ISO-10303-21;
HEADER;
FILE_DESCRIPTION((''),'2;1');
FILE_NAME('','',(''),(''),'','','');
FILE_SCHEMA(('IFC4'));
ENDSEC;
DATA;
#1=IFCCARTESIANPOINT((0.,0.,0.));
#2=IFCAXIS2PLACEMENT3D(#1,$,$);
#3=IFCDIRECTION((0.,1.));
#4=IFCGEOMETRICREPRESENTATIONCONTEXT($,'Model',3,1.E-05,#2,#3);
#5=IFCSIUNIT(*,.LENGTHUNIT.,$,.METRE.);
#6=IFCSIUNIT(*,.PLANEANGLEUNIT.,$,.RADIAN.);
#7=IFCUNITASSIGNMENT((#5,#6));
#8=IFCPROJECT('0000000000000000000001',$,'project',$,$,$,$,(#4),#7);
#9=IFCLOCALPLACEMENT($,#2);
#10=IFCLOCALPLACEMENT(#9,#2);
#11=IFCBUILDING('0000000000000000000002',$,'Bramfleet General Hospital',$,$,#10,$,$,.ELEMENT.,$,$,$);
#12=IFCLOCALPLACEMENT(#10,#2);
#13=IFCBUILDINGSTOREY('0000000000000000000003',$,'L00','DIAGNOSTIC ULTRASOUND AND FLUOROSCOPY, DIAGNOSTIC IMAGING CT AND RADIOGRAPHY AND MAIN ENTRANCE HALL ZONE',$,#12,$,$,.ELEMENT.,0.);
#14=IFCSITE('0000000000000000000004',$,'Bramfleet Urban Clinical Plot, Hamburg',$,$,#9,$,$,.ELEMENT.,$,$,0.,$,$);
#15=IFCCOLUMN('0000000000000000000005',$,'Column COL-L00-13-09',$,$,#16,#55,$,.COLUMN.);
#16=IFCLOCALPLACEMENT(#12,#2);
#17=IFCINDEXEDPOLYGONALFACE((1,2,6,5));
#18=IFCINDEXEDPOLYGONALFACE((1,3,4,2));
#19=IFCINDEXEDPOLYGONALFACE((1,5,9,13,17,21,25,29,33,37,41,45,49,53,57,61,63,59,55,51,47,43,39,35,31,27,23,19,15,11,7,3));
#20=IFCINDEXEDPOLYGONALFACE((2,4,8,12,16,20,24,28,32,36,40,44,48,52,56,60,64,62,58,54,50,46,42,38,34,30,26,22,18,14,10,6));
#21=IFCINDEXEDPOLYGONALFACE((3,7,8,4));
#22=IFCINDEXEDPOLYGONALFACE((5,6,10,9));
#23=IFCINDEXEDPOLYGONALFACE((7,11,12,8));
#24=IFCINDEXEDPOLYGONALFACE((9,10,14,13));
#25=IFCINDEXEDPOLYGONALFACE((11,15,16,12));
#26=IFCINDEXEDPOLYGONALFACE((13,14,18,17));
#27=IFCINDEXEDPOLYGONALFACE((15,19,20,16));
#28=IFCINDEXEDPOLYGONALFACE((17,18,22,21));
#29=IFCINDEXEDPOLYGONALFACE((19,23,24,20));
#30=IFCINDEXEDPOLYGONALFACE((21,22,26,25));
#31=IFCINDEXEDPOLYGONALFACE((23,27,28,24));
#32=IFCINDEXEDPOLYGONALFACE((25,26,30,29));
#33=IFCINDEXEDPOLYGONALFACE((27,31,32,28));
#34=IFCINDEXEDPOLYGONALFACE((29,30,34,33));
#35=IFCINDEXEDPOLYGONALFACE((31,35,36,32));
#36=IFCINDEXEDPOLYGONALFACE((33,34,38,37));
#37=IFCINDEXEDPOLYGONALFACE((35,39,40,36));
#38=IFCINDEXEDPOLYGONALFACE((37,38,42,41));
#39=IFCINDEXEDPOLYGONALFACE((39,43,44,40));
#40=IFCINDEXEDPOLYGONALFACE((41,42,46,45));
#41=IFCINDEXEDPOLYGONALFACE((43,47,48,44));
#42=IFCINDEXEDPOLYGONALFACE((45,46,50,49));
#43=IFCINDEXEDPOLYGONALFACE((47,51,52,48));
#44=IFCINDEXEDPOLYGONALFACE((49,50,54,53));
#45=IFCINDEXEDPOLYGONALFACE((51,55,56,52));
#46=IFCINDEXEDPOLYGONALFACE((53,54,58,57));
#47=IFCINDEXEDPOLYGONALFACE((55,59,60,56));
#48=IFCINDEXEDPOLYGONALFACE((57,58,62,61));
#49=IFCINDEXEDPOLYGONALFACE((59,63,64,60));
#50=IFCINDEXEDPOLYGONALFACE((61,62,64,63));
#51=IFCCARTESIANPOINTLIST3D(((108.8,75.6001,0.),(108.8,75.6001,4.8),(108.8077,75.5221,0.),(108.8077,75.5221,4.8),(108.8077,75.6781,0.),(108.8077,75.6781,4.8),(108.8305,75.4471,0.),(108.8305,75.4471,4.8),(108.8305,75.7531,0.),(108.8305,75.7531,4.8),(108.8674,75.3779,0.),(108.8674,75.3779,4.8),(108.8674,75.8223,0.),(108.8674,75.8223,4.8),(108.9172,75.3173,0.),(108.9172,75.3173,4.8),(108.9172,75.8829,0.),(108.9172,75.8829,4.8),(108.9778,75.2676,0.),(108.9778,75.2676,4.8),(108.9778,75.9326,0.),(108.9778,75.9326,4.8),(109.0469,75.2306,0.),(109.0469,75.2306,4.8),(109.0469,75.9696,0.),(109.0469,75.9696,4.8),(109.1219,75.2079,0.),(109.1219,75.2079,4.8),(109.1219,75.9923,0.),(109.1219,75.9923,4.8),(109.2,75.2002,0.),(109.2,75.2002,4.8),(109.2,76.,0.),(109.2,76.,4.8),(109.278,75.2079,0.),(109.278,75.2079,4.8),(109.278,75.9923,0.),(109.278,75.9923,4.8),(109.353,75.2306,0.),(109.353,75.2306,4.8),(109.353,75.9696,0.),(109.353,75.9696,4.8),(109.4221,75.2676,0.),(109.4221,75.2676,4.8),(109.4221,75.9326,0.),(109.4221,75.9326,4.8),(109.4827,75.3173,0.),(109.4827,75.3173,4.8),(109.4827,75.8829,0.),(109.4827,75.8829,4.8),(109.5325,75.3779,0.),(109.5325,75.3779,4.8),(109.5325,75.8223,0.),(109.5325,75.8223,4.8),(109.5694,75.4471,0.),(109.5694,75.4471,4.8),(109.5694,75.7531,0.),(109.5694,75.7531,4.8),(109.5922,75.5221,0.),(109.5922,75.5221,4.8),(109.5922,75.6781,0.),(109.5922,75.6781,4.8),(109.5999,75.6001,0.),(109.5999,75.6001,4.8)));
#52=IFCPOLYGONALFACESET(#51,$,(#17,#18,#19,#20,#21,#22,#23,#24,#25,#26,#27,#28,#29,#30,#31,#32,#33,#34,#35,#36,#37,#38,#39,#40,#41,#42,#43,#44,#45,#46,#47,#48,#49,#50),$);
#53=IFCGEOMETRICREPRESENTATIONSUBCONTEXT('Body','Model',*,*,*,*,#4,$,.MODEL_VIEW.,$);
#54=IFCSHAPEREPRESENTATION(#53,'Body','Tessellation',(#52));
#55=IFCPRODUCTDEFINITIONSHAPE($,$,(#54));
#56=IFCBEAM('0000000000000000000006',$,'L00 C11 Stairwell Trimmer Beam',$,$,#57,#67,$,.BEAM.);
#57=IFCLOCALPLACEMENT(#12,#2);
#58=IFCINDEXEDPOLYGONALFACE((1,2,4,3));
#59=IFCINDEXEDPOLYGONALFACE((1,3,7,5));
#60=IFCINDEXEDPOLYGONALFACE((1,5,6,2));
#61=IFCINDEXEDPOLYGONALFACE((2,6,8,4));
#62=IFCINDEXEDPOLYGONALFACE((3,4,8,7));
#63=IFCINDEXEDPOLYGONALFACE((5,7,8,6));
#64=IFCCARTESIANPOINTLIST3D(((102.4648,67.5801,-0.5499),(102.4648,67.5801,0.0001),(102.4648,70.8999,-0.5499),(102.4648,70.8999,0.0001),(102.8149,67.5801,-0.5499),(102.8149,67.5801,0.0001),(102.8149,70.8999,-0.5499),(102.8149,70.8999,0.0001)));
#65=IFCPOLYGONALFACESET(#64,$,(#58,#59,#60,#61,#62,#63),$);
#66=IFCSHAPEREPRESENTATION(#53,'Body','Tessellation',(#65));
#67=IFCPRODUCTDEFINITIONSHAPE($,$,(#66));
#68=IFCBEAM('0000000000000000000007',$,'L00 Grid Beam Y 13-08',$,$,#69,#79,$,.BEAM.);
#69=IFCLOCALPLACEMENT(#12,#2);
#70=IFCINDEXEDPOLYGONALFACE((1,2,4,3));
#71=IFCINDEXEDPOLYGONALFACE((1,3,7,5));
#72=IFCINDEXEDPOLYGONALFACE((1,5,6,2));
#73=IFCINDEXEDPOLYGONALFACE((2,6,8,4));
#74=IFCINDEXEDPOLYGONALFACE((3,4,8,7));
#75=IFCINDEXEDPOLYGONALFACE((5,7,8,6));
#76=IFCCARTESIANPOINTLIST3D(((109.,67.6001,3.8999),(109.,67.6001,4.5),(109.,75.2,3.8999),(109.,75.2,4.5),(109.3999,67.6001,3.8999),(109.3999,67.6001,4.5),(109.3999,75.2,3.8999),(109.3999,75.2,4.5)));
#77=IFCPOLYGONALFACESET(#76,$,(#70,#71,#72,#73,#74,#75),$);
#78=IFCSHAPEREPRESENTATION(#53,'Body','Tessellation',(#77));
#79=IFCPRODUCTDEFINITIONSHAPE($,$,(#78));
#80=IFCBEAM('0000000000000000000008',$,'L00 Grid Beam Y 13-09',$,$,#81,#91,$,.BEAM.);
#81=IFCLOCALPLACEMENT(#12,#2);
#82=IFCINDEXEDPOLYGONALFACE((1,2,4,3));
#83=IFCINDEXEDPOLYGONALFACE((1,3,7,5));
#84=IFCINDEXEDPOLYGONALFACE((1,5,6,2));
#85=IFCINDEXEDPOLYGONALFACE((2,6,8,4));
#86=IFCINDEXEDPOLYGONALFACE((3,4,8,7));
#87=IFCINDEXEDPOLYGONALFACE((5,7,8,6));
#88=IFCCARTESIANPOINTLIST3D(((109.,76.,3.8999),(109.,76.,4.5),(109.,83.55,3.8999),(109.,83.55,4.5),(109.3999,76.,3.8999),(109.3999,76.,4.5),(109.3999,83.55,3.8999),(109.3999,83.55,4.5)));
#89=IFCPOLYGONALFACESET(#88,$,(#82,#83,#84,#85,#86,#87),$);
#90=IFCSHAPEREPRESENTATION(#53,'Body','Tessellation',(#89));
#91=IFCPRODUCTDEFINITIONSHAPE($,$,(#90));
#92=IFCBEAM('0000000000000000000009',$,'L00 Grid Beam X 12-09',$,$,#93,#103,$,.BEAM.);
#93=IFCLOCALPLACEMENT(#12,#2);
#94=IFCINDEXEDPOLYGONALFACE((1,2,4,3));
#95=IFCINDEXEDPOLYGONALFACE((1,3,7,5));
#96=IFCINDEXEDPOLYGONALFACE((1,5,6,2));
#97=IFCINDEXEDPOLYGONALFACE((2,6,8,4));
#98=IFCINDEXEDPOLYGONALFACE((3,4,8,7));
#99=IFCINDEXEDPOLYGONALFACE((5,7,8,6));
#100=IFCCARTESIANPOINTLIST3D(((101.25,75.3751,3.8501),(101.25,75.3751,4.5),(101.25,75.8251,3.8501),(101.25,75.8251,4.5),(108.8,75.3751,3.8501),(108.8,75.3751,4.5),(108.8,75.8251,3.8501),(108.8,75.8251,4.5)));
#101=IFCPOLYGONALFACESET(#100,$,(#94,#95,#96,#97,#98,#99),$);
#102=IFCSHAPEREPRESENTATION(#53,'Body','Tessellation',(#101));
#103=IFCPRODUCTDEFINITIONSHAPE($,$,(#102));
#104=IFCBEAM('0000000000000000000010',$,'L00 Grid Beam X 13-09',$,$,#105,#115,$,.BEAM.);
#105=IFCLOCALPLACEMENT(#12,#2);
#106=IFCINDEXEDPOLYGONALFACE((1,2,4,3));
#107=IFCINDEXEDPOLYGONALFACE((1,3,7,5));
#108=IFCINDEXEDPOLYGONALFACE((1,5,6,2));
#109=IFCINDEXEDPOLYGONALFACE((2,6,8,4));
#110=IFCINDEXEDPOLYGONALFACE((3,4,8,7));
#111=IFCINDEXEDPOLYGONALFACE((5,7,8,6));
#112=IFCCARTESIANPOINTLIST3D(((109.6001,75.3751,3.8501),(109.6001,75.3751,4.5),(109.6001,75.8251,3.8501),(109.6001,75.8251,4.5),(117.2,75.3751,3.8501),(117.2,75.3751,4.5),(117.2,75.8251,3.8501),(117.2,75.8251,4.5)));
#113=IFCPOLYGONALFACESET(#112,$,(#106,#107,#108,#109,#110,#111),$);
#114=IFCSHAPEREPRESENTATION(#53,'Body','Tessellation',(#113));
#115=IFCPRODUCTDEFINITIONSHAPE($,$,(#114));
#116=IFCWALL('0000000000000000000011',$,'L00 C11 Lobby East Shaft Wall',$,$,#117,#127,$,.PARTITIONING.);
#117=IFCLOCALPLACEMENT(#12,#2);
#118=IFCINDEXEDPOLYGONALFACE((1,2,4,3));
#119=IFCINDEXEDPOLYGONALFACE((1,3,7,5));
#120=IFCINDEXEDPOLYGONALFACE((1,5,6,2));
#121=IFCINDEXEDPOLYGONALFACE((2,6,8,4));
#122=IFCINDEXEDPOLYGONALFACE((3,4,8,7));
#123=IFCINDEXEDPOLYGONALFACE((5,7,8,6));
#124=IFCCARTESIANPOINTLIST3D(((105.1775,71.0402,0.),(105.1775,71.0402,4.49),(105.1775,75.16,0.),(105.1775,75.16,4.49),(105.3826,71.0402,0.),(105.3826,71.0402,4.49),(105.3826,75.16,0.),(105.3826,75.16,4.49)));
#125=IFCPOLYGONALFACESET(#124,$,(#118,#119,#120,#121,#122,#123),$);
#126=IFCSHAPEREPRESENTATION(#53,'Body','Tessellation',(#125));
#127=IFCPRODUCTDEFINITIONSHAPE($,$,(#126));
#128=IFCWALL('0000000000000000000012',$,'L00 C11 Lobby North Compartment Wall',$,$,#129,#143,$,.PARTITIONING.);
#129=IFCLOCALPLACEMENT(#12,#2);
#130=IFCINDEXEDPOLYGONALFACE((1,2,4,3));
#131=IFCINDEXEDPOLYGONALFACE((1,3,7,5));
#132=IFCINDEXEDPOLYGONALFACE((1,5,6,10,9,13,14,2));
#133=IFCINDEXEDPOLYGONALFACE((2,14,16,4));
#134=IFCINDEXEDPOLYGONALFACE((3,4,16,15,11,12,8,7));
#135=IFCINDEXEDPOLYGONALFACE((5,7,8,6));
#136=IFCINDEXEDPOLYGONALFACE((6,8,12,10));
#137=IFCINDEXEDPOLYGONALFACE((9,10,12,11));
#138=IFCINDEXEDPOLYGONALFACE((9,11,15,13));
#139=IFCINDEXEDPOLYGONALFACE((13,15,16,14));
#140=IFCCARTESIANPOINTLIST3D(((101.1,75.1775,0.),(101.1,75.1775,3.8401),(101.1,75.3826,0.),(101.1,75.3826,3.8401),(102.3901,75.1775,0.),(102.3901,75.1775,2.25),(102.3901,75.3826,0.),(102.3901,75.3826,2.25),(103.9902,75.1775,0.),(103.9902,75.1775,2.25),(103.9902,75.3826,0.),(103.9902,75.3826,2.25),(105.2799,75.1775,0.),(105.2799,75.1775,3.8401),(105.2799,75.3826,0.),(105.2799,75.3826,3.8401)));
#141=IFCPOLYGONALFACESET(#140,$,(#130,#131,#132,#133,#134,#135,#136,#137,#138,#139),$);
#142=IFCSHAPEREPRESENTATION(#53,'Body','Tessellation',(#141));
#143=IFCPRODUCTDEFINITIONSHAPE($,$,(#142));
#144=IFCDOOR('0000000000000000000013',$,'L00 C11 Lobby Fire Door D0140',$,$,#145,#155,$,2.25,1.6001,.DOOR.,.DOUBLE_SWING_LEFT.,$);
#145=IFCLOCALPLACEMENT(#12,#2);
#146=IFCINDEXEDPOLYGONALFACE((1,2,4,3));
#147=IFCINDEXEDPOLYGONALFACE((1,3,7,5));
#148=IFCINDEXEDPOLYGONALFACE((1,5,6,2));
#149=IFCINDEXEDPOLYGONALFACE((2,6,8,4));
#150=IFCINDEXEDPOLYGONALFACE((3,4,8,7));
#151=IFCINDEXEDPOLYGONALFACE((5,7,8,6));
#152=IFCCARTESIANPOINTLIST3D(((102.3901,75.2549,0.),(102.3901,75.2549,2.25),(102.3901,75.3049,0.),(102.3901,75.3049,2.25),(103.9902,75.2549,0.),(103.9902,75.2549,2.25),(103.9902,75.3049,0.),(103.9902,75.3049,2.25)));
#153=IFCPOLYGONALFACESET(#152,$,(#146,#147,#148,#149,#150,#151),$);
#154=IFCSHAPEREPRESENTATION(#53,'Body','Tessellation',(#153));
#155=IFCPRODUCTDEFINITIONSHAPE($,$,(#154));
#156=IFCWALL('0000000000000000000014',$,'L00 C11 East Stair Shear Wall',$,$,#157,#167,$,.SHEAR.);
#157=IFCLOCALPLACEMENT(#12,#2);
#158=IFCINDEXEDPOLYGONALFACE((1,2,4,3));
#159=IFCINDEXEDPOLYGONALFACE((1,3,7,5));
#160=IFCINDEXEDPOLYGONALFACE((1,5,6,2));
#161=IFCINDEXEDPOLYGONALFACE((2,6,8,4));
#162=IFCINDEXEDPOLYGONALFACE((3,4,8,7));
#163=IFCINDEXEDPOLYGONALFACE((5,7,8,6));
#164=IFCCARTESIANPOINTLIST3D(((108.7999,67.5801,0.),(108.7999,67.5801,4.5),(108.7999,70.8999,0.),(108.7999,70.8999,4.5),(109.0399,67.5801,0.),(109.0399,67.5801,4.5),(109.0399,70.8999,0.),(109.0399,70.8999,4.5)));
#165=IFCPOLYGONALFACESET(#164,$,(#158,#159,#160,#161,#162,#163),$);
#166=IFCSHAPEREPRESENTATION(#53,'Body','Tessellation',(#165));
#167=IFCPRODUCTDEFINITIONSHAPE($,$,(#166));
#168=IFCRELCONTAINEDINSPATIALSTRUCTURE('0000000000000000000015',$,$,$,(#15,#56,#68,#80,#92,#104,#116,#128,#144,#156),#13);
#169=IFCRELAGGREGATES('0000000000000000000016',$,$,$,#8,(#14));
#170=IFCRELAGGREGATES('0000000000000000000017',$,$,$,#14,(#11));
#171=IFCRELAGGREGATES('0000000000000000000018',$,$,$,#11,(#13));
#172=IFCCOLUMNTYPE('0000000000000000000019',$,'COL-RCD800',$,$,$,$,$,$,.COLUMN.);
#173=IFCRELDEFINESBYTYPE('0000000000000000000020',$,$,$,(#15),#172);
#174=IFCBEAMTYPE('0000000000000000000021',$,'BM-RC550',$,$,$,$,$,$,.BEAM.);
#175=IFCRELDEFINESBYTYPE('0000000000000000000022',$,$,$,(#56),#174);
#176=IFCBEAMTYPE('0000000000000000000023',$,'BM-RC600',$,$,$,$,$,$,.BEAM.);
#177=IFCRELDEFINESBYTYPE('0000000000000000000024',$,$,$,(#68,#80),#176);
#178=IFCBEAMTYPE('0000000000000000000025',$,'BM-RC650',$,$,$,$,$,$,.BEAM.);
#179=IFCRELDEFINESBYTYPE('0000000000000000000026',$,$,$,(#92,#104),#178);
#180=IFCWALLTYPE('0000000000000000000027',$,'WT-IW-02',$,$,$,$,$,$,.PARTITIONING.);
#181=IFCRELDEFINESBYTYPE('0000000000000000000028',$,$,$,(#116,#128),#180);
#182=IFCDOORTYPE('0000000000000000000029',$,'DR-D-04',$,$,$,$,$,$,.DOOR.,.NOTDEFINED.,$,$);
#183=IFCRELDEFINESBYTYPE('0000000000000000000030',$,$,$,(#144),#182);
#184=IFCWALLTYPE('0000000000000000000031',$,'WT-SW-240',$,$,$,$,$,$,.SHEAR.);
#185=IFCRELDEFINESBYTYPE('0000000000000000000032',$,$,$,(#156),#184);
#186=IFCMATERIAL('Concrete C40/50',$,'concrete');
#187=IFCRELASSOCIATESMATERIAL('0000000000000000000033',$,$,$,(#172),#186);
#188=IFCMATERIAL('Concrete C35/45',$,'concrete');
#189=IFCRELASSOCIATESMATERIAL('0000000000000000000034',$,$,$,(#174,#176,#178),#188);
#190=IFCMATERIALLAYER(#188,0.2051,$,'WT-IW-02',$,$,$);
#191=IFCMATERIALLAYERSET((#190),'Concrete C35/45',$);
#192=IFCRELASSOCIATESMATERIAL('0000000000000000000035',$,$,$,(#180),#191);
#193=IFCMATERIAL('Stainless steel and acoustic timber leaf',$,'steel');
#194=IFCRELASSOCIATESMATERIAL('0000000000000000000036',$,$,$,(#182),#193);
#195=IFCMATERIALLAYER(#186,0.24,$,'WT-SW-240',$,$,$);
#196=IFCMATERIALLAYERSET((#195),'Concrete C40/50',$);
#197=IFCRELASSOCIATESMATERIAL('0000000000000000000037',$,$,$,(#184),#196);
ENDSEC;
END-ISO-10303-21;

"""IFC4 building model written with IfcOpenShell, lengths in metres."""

from ifc_helpers import new_model, si_unit, direction, frame, frame_2d, origin, origin_2d, place, context, subcontext, project, spatial, rectangle, circle, extrude, material, layer, layer_set, material_profile, profile_set, type_object, element, fill, save


model = new_model("IFC4")

# Units and contexts
model_context = context("Model", 3, precision=1e-05, world=origin(), true_north=direction((0.0, 1.0)))
body_context = subcontext(model_context, "Body", "Model", "MODEL_VIEW")
ifc_project = project(units=[si_unit("LENGTHUNIT", "METRE"), si_unit("PLANEANGLEUNIT", "RADIAN")], contexts=[model_context])

# Site, building, storey
site_placement = place(None, origin())
site = spatial("IfcSite", under=ifc_project, at=site_placement, Name="Bramfleet Urban Clinical Plot, Hamburg", CompositionType="ELEMENT", RefElevation=0.0)
building_placement = place(site_placement, origin())
building = spatial("IfcBuilding", under=site, at=building_placement, Name="Bramfleet General Hospital", CompositionType="ELEMENT")
storey_placement = place(building_placement, origin())
storey = spatial("IfcBuildingStorey", under=building, at=storey_placement, Name="L00", Description="DIAGNOSTIC ULTRASOUND AND FLUOROSCOPY, DIAGNOSTIC IMAGING CT AND RADIOGRAPHY AND MAIN ENTRANCE HALL ZONE", CompositionType="ELEMENT", Elevation=0.0)

# Column
ifc_material_1 = material(Name="Concrete C40/50", Category="concrete")
ifc_material_profile_1 = material_profile(ifc_material_1, circle(Radius=0.3999, at=origin_2d()), Name="RC ROUND D800")
ifc_profile_set_1 = profile_set([ifc_material_profile_1], Name="Concrete C40/50")
column_type = type_object("IfcColumnType", Name="COL-RCD800", PredefinedType="COLUMN", material=ifc_profile_set_1)
column_placement = place(storey_placement, frame((109.2, 75.6001, 0.0), z_axis=(0.0, 0.0, 1.0), x_axis=(1.0, 0.0, 0.0)))
element("IfcColumn", 1, at=column_placement, inside=storey, type_object=column_type, Name="Column COL-L00-13-09", PredefinedType="COLUMN", context=body_context, shape_type="SweptSolid", body=[
    extrude(circle(Radius=0.3999, at=origin_2d()), origin(), (0.0, 0.0, 1.0), 4.8),
])

# Beams
ifc_material_2 = material(Name="Concrete C35/45", Category="concrete")
ifc_material_profile_2 = material_profile(ifc_material_2, rectangle(XDim=0.3501, YDim=0.55, at=origin_2d()), Name="RC BM 550x350")
ifc_profile_set_2 = profile_set([ifc_material_profile_2], Name="Concrete C35/45")
beam_type_1 = type_object("IfcBeamType", Name="BM-RC550", PredefinedType="BEAM", material=ifc_profile_set_2)
beam_1_placement = place(storey_placement, frame((102.6399, 67.5801, -0.2749), z_axis=(0.0, 1.0, 0.0), x_axis=(-1.0, 0.0, 0.0)))
element("IfcBeam", 2, at=beam_1_placement, inside=storey, type_object=beam_type_1, Name="L00 C11 Stairwell Trimmer Beam", PredefinedType="BEAM", context=body_context, shape_type="SweptSolid", body=[
    extrude(rectangle(XDim=0.3501, YDim=0.55, at=origin_2d()), origin(), (0.0, 0.0, 1.0), 3.3198),
])
ifc_material_profile_3 = material_profile(ifc_material_2, rectangle(XDim=0.3999, YDim=0.6001, at=origin_2d()), Name="RC BM 600x400")
ifc_profile_set_3 = profile_set([ifc_material_profile_3], Name="Concrete C35/45")
beam_type_2 = type_object("IfcBeamType", Name="BM-RC600", PredefinedType="BEAM", material=ifc_profile_set_3)
beam_2_placement = place(storey_placement, frame((109.2, 67.6001, 4.2), z_axis=(0.0, 1.0, 0.0), x_axis=(-1.0, 0.0, 0.0)))
element("IfcBeam", 3, at=beam_2_placement, inside=storey, type_object=beam_type_2, Name="L00 Grid Beam Y 13-08", PredefinedType="BEAM", context=body_context, shape_type="SweptSolid", body=[
    extrude(rectangle(XDim=0.3999, YDim=0.6001, at=origin_2d()), origin(), (0.0, 0.0, 1.0), 7.5999),
])
beam_3_placement = place(storey_placement, frame((109.2, 76.0, 4.2), z_axis=(0.0, 1.0, 0.0), x_axis=(-1.0, 0.0, 0.0)))
element("IfcBeam", 4, at=beam_3_placement, inside=storey, type_object=beam_type_2, Name="L00 Grid Beam Y 13-09", PredefinedType="BEAM", context=body_context, shape_type="SweptSolid", body=[
    extrude(rectangle(XDim=0.3999, YDim=0.6001, at=origin_2d()), origin(), (0.0, 0.0, 1.0), 7.55),
])
ifc_material_profile_4 = material_profile(ifc_material_2, rectangle(XDim=0.45, YDim=0.6499, at=origin_2d()), Name="RC BM 650x450")
ifc_profile_set_4 = profile_set([ifc_material_profile_4], Name="Concrete C35/45")
beam_type_3 = type_object("IfcBeamType", Name="BM-RC650", PredefinedType="BEAM", material=ifc_profile_set_4)
beam_4_placement = place(storey_placement, frame((101.25, 75.6001, 4.175), z_axis=(1.0, 0.0, 0.0), x_axis=(0.0, 1.0, 0.0)))
element("IfcBeam", 5, at=beam_4_placement, inside=storey, type_object=beam_type_3, Name="L00 Grid Beam X 12-09", PredefinedType="BEAM", context=body_context, shape_type="SweptSolid", body=[
    extrude(rectangle(XDim=0.45, YDim=0.6499, at=origin_2d()), origin(), (0.0, 0.0, 1.0), 7.55),
])
beam_5_placement = place(storey_placement, frame((109.6001, 75.6001, 4.175), z_axis=(1.0, 0.0, 0.0), x_axis=(0.0, 1.0, 0.0)))
element("IfcBeam", 6, at=beam_5_placement, inside=storey, type_object=beam_type_3, Name="L00 Grid Beam X 13-09", PredefinedType="BEAM", context=body_context, shape_type="SweptSolid", body=[
    extrude(rectangle(XDim=0.45, YDim=0.6499, at=origin_2d()), origin(), (0.0, 0.0, 1.0), 7.5999),
])

# Wall
ifc_layer_1 = layer(ifc_material_2, 0.2051, Name="WT-IW-02")
ifc_layer_set_1 = layer_set([ifc_layer_1], Name="Concrete C35/45")
wall_type_1 = type_object("IfcWallType", Name="WT-IW-02", PredefinedType="PARTITIONING", material=ifc_layer_set_1)
wall_1_placement = place(storey_placement, frame((105.28, 71.04, 0.0), z_axis=(0.0, 0.0, 1.0), x_axis=(0.0, 1.0, 0.0)))
element("IfcWall", 7, at=wall_1_placement, inside=storey, type_object=wall_type_1, Name="L00 C11 Lobby East Shaft Wall", PredefinedType="PARTITIONING", context=body_context, shape_type="SweptSolid", body=[
    extrude(rectangle(XDim=4.1199, YDim=0.2051, at=frame_2d((2.0601, 0.0))), origin(), (0.0, 0.0, 1.0), 4.49),
])

# Wall, opening, door
wall_2_placement = place(storey_placement, frame((101.1001, 75.28, 0.0), z_axis=(0.0, 0.0, 1.0), x_axis=(1.0, 0.0, 0.0)))
wall_2 = element("IfcWall", 8, at=wall_2_placement, inside=storey, type_object=wall_type_1, Name="L00 C11 Lobby North Compartment Wall", PredefinedType="PARTITIONING", context=body_context, shape_type="SweptSolid", body=[
    extrude(rectangle(XDim=4.1799, YDim=0.2051, at=frame_2d((2.0898, 0.0))), origin(), (0.0, 0.0, 1.0), 3.8401),
])
opening_placement = place(wall_2_placement, frame((1.29, 0.0, 0.0)))
opening = element("IfcOpeningElement", 9, at=opening_placement, cuts=wall_2, PredefinedType="OPENING", context=body_context, shape_type="SweptSolid", body=[
    extrude(rectangle(XDim=1.6001, YDim=2.25, at=frame_2d((0.8, 1.125))), frame((0.0, 0.1125, 0.0), z_axis=(0.0, -1.0, 0.0), x_axis=(1.0, 0.0, 0.0)), (0.0, 0.0, 1.0), 0.2251),
])
ifc_material_3 = material(Name="Stainless steel and acoustic timber leaf", Category="steel")
door_type = type_object("IfcDoorType", Name="DR-D-04", OperationType="NOTDEFINED", PredefinedType="DOOR", material=ifc_material_3)
door_placement = place(opening_placement, origin())
door = element("IfcDoor", 10, at=door_placement, inside=storey, type_object=door_type, Name="L00 C11 Lobby Fire Door D0140", OperationType="DOUBLE_SWING_LEFT", OverallHeight=2.25, OverallWidth=1.6001, PredefinedType="DOOR", context=body_context, shape_type="SweptSolid", body=[
    extrude(rectangle(XDim=1.6001, YDim=2.25, at=frame_2d((0.8, 1.125))), frame((0.0, 0.0249, 0.0), z_axis=(0.0, -1.0, 0.0), x_axis=(1.0, 0.0, 0.0)), (0.0, 0.0, 1.0), 0.05),
])
fill(opening, door)

# Wall
ifc_layer_2 = layer(ifc_material_1, 0.24, Name="WT-SW-240")
ifc_layer_set_2 = layer_set([ifc_layer_2], Name="Concrete C40/50")
wall_type_2 = type_object("IfcWallType", Name="WT-SW-240", PredefinedType="SHEAR", material=ifc_layer_set_2)
wall_3_placement = place(storey_placement, frame((108.9199, 67.5801, 0.0), z_axis=(0.0, 0.0, 1.0), x_axis=(0.0, 1.0, 0.0)))
element("IfcWall", 11, at=wall_3_placement, inside=storey, type_object=wall_type_2, Name="L00 C11 East Stair Shear Wall", PredefinedType="SHEAR", context=body_context, shape_type="SweptSolid", body=[
    extrude(rectangle(XDim=3.3198, YDim=0.24, at=frame_2d((1.6599, 0.0))), origin(), (0.0, 0.0, 1.0), 4.5),
])

save(model, "model.ifc")
